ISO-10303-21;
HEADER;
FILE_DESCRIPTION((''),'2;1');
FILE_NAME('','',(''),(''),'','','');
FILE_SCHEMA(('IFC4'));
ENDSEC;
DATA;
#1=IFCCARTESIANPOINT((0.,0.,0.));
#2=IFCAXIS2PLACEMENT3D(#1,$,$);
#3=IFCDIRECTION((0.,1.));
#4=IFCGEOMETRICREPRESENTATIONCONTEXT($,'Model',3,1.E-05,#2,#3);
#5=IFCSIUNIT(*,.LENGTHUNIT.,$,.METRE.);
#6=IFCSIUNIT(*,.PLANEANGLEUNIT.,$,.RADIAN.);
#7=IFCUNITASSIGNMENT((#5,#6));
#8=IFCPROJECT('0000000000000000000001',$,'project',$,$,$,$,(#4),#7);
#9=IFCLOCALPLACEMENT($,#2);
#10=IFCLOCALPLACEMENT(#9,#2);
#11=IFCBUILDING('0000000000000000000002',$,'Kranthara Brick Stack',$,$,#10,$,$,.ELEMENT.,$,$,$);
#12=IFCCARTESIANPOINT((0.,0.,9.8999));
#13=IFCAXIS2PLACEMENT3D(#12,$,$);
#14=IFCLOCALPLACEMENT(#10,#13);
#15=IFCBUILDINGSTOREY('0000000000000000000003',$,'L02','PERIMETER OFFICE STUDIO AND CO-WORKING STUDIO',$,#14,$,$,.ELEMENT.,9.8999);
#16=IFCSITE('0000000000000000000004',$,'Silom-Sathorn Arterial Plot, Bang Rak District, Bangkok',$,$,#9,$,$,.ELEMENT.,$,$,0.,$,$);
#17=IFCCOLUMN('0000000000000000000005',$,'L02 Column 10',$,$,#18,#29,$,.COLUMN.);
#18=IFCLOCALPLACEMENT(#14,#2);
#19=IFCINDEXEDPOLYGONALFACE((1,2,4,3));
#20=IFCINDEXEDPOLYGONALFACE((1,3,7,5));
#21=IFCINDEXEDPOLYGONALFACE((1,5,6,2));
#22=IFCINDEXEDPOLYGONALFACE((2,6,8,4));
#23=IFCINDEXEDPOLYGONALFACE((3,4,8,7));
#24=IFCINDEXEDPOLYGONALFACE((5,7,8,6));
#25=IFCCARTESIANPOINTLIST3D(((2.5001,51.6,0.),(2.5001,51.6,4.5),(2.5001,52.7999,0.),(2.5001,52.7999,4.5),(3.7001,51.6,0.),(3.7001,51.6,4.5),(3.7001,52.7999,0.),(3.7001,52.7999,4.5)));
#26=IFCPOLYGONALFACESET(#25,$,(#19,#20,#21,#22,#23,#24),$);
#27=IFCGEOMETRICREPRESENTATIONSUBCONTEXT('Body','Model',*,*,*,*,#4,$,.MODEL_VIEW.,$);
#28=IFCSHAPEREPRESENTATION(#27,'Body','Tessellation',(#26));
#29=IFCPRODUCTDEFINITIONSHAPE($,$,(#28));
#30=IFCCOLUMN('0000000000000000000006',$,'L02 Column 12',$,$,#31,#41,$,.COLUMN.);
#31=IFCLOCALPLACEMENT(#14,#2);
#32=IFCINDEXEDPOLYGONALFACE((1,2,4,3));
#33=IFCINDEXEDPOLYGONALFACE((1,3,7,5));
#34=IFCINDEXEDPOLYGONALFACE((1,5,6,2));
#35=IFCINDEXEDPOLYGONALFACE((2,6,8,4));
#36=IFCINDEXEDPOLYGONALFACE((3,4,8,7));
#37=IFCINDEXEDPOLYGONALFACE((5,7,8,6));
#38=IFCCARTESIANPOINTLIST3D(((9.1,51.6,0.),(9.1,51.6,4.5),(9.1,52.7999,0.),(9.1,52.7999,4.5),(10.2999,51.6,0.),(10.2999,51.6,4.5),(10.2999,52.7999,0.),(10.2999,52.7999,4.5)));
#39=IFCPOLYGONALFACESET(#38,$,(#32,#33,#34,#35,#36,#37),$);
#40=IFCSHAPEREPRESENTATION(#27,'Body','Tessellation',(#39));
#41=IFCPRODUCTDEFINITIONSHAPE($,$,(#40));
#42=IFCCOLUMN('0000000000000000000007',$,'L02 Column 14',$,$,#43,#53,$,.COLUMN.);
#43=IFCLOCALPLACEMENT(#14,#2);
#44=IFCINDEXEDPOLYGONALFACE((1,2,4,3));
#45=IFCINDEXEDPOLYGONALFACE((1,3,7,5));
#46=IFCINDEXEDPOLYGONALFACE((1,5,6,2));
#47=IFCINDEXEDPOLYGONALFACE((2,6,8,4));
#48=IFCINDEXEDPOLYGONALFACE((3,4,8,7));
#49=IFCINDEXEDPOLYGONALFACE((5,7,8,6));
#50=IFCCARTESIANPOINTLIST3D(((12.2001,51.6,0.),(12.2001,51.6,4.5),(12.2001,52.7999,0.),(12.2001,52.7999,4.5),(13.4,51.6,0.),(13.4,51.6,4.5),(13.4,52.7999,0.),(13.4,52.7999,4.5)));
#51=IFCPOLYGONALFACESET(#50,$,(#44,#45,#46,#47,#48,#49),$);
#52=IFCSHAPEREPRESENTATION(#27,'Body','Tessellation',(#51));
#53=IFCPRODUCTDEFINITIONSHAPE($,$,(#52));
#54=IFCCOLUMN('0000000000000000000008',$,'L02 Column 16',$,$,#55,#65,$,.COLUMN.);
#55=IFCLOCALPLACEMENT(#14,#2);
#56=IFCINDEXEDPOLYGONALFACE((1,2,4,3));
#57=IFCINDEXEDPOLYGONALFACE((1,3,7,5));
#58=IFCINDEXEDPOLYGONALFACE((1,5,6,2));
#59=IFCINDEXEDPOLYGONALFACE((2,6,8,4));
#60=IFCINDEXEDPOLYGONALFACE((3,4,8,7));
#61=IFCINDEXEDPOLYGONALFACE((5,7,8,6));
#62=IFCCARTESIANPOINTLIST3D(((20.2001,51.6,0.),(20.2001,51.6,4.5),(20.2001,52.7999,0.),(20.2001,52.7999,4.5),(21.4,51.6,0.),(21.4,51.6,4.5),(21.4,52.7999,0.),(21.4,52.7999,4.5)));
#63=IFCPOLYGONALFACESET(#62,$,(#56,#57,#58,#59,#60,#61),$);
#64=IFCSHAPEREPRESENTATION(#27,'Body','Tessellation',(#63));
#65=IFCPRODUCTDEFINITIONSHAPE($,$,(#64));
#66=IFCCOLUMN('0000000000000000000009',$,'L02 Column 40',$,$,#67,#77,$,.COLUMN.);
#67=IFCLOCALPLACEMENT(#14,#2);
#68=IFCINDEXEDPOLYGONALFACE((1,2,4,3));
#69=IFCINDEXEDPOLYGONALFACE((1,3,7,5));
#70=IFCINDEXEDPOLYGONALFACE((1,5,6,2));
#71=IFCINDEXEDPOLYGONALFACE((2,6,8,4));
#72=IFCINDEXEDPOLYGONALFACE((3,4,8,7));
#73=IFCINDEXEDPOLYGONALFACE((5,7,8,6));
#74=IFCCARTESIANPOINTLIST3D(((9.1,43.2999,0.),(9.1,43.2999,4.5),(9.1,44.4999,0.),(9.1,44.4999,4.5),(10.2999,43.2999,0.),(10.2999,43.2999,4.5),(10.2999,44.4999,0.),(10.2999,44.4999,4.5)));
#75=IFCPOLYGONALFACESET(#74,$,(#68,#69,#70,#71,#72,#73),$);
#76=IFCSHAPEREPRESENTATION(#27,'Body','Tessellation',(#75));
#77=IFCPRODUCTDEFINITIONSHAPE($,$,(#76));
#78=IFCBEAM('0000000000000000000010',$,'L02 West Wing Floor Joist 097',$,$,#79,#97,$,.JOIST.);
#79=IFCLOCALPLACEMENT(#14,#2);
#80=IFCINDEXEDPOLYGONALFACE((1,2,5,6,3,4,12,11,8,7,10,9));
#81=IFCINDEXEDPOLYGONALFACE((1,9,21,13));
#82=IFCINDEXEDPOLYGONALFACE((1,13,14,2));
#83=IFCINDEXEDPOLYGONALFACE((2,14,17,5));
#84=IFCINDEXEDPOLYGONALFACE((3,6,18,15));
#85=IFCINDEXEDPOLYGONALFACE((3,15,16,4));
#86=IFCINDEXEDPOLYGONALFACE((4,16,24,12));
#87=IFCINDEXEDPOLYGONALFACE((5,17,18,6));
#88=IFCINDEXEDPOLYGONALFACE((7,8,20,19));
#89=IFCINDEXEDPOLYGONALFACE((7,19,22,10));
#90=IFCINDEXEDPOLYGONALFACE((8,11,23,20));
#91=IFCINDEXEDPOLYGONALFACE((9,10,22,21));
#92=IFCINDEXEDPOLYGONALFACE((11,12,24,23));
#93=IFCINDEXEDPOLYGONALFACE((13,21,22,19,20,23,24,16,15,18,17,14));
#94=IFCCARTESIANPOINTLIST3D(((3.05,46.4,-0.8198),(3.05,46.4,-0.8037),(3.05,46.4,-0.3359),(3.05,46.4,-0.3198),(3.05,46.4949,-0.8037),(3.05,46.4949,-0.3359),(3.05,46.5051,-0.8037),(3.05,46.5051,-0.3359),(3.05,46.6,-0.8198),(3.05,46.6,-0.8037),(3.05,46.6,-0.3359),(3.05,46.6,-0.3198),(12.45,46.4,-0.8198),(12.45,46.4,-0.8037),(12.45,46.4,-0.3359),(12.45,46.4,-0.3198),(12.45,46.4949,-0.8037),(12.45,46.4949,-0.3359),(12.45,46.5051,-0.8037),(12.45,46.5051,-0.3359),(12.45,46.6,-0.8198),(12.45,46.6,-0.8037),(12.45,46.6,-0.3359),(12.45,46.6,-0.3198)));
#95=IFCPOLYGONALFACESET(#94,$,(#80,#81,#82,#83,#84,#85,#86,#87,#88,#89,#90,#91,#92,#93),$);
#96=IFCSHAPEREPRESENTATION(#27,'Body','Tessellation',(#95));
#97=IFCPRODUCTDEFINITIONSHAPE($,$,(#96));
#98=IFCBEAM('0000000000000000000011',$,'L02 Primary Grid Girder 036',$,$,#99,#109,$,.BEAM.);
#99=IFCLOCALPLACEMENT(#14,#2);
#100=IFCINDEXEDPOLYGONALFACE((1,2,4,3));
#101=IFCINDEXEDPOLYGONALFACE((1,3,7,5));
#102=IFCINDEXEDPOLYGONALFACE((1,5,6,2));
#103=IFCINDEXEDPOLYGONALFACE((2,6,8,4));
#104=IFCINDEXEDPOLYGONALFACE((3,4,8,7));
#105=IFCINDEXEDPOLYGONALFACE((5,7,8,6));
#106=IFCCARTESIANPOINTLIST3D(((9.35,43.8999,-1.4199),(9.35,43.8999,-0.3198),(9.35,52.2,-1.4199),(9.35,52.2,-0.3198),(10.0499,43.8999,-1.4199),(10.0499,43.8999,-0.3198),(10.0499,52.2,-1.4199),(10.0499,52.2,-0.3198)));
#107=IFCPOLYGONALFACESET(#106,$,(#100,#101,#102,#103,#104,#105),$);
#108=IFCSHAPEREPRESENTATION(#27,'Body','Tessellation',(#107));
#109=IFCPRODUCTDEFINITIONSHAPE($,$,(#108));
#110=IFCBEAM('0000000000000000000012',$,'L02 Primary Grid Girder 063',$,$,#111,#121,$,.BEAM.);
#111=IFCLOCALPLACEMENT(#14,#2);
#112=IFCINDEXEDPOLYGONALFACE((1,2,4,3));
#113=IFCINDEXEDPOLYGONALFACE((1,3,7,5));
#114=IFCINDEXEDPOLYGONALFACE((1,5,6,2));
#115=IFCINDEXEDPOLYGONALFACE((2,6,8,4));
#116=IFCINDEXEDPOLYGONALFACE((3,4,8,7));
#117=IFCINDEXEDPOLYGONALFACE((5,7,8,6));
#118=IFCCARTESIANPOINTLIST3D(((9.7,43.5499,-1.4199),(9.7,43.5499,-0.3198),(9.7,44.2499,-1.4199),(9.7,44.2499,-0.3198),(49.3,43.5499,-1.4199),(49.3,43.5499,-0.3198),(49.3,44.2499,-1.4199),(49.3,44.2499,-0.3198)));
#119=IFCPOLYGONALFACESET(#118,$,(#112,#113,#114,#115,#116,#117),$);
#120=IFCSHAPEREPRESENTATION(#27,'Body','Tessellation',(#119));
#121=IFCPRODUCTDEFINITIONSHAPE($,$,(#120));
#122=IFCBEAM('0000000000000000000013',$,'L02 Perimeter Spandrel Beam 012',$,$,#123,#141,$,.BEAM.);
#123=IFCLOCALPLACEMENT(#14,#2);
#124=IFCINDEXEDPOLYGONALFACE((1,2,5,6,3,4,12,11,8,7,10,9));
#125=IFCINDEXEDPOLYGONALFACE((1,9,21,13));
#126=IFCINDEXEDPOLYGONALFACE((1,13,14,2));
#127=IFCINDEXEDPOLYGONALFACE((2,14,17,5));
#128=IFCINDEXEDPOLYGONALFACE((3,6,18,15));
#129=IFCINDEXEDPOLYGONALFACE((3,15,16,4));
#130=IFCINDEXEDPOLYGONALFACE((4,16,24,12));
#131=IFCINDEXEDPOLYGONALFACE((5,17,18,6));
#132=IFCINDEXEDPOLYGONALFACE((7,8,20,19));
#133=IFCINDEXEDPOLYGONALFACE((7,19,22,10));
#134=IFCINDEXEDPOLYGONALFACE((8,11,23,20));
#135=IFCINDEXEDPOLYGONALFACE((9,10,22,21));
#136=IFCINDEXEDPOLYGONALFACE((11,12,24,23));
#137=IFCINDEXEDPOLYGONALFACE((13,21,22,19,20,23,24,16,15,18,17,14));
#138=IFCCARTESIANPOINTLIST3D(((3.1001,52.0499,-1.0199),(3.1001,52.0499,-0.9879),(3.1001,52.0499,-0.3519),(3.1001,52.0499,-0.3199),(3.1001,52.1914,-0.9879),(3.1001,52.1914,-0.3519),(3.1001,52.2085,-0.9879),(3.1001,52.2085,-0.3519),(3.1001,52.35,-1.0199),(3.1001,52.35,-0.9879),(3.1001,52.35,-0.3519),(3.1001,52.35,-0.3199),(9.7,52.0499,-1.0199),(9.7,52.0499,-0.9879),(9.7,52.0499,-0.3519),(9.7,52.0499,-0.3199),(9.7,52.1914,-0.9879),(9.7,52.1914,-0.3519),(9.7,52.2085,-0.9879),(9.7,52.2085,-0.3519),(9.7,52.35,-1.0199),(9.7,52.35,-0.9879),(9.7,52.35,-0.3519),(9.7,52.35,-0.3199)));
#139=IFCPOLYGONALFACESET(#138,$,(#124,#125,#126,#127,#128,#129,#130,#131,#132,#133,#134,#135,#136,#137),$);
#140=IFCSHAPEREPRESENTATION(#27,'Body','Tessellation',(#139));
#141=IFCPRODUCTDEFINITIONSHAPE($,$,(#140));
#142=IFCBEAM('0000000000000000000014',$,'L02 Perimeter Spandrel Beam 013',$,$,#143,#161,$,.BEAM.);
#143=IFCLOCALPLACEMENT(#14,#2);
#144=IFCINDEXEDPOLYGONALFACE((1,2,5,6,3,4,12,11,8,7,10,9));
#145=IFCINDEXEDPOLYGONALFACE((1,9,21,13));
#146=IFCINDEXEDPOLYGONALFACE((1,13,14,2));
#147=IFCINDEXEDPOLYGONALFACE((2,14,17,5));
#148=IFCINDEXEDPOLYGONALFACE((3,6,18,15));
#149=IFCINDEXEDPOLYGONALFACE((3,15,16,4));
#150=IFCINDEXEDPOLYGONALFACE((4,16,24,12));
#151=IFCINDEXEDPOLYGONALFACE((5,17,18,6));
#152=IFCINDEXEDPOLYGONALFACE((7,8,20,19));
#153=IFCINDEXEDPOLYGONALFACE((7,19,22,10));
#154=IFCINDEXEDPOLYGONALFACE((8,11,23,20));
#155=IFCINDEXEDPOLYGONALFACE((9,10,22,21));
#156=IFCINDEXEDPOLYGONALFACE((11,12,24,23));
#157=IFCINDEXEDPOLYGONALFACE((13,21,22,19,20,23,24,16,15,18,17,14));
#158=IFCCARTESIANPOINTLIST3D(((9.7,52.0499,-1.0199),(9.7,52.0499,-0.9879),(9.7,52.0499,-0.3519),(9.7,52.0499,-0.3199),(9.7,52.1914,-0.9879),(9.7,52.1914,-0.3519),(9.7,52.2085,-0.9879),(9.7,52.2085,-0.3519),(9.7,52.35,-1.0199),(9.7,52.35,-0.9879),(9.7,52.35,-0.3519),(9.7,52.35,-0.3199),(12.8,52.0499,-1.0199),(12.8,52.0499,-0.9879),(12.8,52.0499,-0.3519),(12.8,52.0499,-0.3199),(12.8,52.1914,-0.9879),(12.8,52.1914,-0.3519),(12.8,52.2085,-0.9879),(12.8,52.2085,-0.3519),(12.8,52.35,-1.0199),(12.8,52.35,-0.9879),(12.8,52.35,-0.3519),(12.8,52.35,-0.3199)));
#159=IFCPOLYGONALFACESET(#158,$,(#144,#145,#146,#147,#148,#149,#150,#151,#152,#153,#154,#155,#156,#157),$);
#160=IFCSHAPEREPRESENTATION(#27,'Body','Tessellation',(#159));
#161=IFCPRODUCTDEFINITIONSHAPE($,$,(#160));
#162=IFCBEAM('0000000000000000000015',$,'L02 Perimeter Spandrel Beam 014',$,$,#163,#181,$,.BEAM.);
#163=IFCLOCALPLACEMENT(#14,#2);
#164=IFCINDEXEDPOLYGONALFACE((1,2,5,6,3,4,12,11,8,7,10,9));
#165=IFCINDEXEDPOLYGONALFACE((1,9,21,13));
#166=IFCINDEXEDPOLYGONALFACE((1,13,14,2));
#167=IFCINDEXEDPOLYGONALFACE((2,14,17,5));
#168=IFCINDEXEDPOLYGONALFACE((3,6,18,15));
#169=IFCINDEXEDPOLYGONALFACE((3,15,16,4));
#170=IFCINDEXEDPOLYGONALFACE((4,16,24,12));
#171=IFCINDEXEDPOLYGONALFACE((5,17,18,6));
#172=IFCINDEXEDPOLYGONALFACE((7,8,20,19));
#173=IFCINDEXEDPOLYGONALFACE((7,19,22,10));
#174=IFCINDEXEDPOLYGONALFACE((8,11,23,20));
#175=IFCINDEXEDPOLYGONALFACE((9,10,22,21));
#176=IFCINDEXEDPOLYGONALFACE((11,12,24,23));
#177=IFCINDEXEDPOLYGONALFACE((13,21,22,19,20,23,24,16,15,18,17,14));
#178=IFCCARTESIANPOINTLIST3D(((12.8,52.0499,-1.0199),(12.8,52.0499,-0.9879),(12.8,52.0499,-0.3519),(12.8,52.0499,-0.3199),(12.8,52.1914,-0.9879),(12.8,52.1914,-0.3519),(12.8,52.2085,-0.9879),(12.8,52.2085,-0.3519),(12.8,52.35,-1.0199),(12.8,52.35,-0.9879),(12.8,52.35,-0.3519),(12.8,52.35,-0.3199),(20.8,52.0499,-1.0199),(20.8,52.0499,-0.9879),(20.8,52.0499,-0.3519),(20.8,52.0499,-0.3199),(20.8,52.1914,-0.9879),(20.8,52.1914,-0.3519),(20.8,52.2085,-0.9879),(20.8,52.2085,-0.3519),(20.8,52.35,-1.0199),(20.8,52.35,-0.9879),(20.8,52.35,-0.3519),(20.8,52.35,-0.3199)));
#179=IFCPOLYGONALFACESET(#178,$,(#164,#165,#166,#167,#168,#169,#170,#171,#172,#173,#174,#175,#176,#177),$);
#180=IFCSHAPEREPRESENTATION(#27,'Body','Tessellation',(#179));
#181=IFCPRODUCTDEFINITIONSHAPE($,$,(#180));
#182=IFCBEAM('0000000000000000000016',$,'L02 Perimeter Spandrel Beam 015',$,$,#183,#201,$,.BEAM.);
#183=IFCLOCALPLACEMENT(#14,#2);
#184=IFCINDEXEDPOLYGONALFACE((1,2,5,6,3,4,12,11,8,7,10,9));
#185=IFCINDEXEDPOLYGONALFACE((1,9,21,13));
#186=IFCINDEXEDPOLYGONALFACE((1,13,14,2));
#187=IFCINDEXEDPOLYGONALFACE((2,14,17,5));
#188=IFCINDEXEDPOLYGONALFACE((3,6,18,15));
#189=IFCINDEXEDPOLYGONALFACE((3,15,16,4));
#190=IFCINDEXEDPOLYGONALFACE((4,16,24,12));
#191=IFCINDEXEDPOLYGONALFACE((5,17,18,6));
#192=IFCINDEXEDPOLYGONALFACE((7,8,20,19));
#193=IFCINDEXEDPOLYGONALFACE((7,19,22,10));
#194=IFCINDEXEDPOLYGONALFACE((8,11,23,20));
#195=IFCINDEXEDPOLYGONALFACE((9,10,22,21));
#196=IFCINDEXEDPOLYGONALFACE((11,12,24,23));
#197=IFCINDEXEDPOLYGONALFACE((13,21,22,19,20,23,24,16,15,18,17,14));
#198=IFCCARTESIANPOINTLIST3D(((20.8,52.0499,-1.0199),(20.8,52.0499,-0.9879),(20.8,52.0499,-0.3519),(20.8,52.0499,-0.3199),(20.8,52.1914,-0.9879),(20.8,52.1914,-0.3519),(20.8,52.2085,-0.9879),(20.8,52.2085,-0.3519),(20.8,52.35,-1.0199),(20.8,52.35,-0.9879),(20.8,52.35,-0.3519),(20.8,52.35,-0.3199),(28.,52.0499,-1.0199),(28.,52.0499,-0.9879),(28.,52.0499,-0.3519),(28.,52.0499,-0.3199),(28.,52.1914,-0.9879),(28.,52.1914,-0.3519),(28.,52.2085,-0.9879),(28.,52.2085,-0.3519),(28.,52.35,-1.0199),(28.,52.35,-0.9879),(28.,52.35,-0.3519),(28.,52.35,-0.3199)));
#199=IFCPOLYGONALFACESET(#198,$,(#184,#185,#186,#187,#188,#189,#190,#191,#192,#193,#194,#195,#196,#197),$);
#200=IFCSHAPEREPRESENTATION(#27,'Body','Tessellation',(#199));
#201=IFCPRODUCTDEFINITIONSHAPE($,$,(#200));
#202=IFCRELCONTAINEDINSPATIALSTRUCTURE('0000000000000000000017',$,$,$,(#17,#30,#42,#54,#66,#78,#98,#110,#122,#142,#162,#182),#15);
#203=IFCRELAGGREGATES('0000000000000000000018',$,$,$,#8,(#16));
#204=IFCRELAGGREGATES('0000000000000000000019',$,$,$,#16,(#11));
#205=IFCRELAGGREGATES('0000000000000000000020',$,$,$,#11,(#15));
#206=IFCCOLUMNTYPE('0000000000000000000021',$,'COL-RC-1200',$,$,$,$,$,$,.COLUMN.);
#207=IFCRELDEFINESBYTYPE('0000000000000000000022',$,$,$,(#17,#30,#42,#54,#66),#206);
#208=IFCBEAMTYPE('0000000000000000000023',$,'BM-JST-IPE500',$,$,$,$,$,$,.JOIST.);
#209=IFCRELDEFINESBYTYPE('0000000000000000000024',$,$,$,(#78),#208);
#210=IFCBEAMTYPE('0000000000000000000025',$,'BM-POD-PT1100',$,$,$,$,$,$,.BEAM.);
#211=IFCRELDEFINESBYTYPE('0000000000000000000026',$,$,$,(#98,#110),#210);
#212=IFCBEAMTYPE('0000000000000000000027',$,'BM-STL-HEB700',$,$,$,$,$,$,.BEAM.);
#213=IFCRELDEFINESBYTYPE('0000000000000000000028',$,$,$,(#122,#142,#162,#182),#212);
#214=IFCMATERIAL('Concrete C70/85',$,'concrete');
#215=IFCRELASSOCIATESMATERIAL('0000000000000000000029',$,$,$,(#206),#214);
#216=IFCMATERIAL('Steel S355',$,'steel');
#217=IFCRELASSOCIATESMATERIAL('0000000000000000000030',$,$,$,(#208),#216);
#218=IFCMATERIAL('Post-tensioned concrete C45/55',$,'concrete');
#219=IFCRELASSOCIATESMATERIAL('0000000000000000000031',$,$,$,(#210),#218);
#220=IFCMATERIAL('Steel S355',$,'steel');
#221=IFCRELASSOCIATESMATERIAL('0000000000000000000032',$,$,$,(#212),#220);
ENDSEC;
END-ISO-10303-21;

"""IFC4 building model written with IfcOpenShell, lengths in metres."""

from ifc_helpers import new_model, si_unit, direction, frame, origin, origin_2d, place, context, subcontext, project, spatial, rectangle, i_section, extrude, material, material_profile, profile_set, type_object, element, save


model = new_model("IFC4")

# Units and contexts
model_context = context("Model", 3, precision=1e-05, world=origin(), true_north=direction((0.0, 1.0)))
body_context = subcontext(model_context, "Body", "Model", "MODEL_VIEW")
ifc_project = project(units=[si_unit("LENGTHUNIT", "METRE"), si_unit("PLANEANGLEUNIT", "RADIAN")], contexts=[model_context])

# Site, building, storey
site_placement = place(None, origin())
site = spatial("IfcSite", under=ifc_project, at=site_placement, Name="Silom-Sathorn Arterial Plot, Bang Rak District, Bangkok", CompositionType="ELEMENT", RefElevation=0.0)
building_placement = place(site_placement, origin())
building = spatial("IfcBuilding", under=site, at=building_placement, Name="Kranthara Brick Stack", CompositionType="ELEMENT")
storey_placement = place(building_placement, frame((0.0, 0.0, 9.8999)))
storey = spatial("IfcBuildingStorey", under=building, at=storey_placement, Name="L02", Description="PERIMETER OFFICE STUDIO AND CO-WORKING STUDIO", CompositionType="ELEMENT", Elevation=9.8999)

# Columns
ifc_material_1 = material(Name="Concrete C70/85", Category="concrete")
ifc_material_profile_1 = material_profile(ifc_material_1, rectangle(XDim=1.2, YDim=1.2, at=origin_2d()), Name="RC 1200x1200")
ifc_profile_set_1 = profile_set([ifc_material_profile_1], Name="Concrete C70/85")
column_type = type_object("IfcColumnType", Name="COL-RC-1200", PredefinedType="COLUMN", material=ifc_profile_set_1)
for number, where, z_axis, x_axis, name in (
    (1, (3.1001, 52.2, 0.0), (0.0, 0.0, 1.0), (1.0, 0.0, 0.0), "L02 Column 10"),
    (2, (9.7, 52.2, 0.0), (0.0, 0.0, 1.0), (1.0, 0.0, 0.0), "L02 Column 12"),
    (3, (12.8, 52.2, 0.0), (0.0, 0.0, 1.0), (1.0, 0.0, 0.0), "L02 Column 14"),
    (4, (20.8, 52.2, 0.0), (0.0, 0.0, 1.0), (1.0, 0.0, 0.0), "L02 Column 16"),
    (5, (9.7, 43.8999, 0.0), (0.0, 0.0, 1.0), (1.0, 0.0, 0.0), "L02 Column 40"),
):
    element("IfcColumn", number, at=place(storey_placement, frame(where, z_axis=z_axis, x_axis=x_axis)), inside=storey, type_object=column_type, Name=name, PredefinedType="COLUMN", context=body_context, shape_type="SweptSolid", body=[
        extrude(rectangle(XDim=1.2, YDim=1.2, at=origin_2d()), origin(), (0.0, 0.0, 1.0), 4.5),
    ])

# Beams
ifc_material_2 = material(Name="Steel S355", Category="steel")
ifc_material_profile_2 = material_profile(ifc_material_2, i_section(OverallWidth=0.2, OverallDepth=0.5, WebThickness=0.0103, FlangeThickness=0.0161, at=origin_2d()), Name="IPE 500")
ifc_profile_set_2 = profile_set([ifc_material_profile_2], Name="Steel S355")
beam_type_1 = type_object("IfcBeamType", Name="BM-JST-IPE500", PredefinedType="JOIST", material=ifc_profile_set_2)
beam_1_placement = place(storey_placement, frame((3.05, 46.5, -0.5698), z_axis=(1.0, 0.0, 0.0), x_axis=(0.0, 1.0, 0.0)))
element("IfcBeam", 6, at=beam_1_placement, inside=storey, type_object=beam_type_1, Name="L02 West Wing Floor Joist 097", PredefinedType="JOIST", context=body_context, shape_type="SweptSolid", body=[
    extrude(i_section(OverallWidth=0.2, OverallDepth=0.5, WebThickness=0.0103, FlangeThickness=0.0161, at=origin_2d()), origin(), (0.0, 0.0, 1.0), 9.3999),
])
ifc_material_3 = material(Name="Post-tensioned concrete C45/55", Category="concrete")
ifc_material_profile_3 = material_profile(ifc_material_3, rectangle(XDim=0.7, YDim=1.1001, at=origin_2d()), Name="PT 700x1100")
ifc_profile_set_3 = profile_set([ifc_material_profile_3], Name="Post-tensioned concrete C45/55")
beam_type_2 = type_object("IfcBeamType", Name="BM-POD-PT1100", PredefinedType="BEAM", material=ifc_profile_set_3)
beam_2_placement = place(storey_placement, frame((9.7, 43.8999, -0.8699), z_axis=(0.0, 1.0, 0.0), x_axis=(-1.0, 0.0, 0.0)))
element("IfcBeam", 7, at=beam_2_placement, inside=storey, type_object=beam_type_2, Name="L02 Primary Grid Girder 036", PredefinedType="BEAM", context=body_context, shape_type="SweptSolid", body=[
    extrude(rectangle(XDim=0.7, YDim=1.1001, at=origin_2d()), origin(), (0.0, 0.0, 1.0), 8.3),
])
beam_3_placement = place(storey_placement, frame((9.7, 43.8999, -0.8699), z_axis=(1.0, 0.0, 0.0), x_axis=(0.0, 1.0, 0.0)))
element("IfcBeam", 8, at=beam_3_placement, inside=storey, type_object=beam_type_2, Name="L02 Primary Grid Girder 063", PredefinedType="BEAM", context=body_context, shape_type="SweptSolid", body=[
    extrude(rectangle(XDim=0.7, YDim=1.1001, at=origin_2d()), origin(), (0.0, 0.0, 1.0), 39.6001),
])
ifc_material_4 = material(Name="Steel S355", Category="steel")
ifc_material_profile_4 = material_profile(ifc_material_4, i_section(OverallWidth=0.3, OverallDepth=0.7, WebThickness=0.0171, FlangeThickness=0.032, at=origin_2d()), Name="HEB 700")
ifc_profile_set_4 = profile_set([ifc_material_profile_4], Name="Steel S355")
beam_type_3 = type_object("IfcBeamType", Name="BM-STL-HEB700", PredefinedType="BEAM", material=ifc_profile_set_4)
beam_4_placement = place(storey_placement, frame((3.1001, 52.2, -0.6699), z_axis=(1.0, 0.0, 0.0), x_axis=(0.0, 1.0, 0.0)))
element("IfcBeam", 9, at=beam_4_placement, inside=storey, type_object=beam_type_3, Name="L02 Perimeter Spandrel Beam 012", PredefinedType="BEAM", context=body_context, shape_type="SweptSolid", body=[
    extrude(i_section(OverallWidth=0.3, OverallDepth=0.7, WebThickness=0.0171, FlangeThickness=0.032, at=origin_2d()), origin(), (0.0, 0.0, 1.0), 6.5999),
])
beam_5_placement = place(storey_placement, frame((9.7, 52.2, -0.6699), z_axis=(1.0, 0.0, 0.0), x_axis=(0.0, 1.0, 0.0)))
element("IfcBeam", 10, at=beam_5_placement, inside=storey, type_object=beam_type_3, Name="L02 Perimeter Spandrel Beam 013", PredefinedType="BEAM", context=body_context, shape_type="SweptSolid", body=[
    extrude(i_section(OverallWidth=0.3, OverallDepth=0.7, WebThickness=0.0171, FlangeThickness=0.032, at=origin_2d()), origin(), (0.0, 0.0, 1.0), 3.1001),
])
beam_6_placement = place(storey_placement, frame((12.8, 52.2, -0.6699), z_axis=(1.0, 0.0, 0.0), x_axis=(0.0, 1.0, 0.0)))
element("IfcBeam", 11, at=beam_6_placement, inside=storey, type_object=beam_type_3, Name="L02 Perimeter Spandrel Beam 014", PredefinedType="BEAM", context=body_context, shape_type="SweptSolid", body=[
    extrude(i_section(OverallWidth=0.3, OverallDepth=0.7, WebThickness=0.0171, FlangeThickness=0.032, at=origin_2d()), origin(), (0.0, 0.0, 1.0), 8.0),
])
beam_7_placement = place(storey_placement, frame((20.8, 52.2, -0.6699), z_axis=(1.0, 0.0, 0.0), x_axis=(0.0, 1.0, 0.0)))
element("IfcBeam", 12, at=beam_7_placement, inside=storey, type_object=beam_type_3, Name="L02 Perimeter Spandrel Beam 015", PredefinedType="BEAM", context=body_context, shape_type="SweptSolid", body=[
    extrude(i_section(OverallWidth=0.3, OverallDepth=0.7, WebThickness=0.0171, FlangeThickness=0.032, at=origin_2d()), origin(), (0.0, 0.0, 1.0), 7.2),
])

save(model, "model.ifc")
